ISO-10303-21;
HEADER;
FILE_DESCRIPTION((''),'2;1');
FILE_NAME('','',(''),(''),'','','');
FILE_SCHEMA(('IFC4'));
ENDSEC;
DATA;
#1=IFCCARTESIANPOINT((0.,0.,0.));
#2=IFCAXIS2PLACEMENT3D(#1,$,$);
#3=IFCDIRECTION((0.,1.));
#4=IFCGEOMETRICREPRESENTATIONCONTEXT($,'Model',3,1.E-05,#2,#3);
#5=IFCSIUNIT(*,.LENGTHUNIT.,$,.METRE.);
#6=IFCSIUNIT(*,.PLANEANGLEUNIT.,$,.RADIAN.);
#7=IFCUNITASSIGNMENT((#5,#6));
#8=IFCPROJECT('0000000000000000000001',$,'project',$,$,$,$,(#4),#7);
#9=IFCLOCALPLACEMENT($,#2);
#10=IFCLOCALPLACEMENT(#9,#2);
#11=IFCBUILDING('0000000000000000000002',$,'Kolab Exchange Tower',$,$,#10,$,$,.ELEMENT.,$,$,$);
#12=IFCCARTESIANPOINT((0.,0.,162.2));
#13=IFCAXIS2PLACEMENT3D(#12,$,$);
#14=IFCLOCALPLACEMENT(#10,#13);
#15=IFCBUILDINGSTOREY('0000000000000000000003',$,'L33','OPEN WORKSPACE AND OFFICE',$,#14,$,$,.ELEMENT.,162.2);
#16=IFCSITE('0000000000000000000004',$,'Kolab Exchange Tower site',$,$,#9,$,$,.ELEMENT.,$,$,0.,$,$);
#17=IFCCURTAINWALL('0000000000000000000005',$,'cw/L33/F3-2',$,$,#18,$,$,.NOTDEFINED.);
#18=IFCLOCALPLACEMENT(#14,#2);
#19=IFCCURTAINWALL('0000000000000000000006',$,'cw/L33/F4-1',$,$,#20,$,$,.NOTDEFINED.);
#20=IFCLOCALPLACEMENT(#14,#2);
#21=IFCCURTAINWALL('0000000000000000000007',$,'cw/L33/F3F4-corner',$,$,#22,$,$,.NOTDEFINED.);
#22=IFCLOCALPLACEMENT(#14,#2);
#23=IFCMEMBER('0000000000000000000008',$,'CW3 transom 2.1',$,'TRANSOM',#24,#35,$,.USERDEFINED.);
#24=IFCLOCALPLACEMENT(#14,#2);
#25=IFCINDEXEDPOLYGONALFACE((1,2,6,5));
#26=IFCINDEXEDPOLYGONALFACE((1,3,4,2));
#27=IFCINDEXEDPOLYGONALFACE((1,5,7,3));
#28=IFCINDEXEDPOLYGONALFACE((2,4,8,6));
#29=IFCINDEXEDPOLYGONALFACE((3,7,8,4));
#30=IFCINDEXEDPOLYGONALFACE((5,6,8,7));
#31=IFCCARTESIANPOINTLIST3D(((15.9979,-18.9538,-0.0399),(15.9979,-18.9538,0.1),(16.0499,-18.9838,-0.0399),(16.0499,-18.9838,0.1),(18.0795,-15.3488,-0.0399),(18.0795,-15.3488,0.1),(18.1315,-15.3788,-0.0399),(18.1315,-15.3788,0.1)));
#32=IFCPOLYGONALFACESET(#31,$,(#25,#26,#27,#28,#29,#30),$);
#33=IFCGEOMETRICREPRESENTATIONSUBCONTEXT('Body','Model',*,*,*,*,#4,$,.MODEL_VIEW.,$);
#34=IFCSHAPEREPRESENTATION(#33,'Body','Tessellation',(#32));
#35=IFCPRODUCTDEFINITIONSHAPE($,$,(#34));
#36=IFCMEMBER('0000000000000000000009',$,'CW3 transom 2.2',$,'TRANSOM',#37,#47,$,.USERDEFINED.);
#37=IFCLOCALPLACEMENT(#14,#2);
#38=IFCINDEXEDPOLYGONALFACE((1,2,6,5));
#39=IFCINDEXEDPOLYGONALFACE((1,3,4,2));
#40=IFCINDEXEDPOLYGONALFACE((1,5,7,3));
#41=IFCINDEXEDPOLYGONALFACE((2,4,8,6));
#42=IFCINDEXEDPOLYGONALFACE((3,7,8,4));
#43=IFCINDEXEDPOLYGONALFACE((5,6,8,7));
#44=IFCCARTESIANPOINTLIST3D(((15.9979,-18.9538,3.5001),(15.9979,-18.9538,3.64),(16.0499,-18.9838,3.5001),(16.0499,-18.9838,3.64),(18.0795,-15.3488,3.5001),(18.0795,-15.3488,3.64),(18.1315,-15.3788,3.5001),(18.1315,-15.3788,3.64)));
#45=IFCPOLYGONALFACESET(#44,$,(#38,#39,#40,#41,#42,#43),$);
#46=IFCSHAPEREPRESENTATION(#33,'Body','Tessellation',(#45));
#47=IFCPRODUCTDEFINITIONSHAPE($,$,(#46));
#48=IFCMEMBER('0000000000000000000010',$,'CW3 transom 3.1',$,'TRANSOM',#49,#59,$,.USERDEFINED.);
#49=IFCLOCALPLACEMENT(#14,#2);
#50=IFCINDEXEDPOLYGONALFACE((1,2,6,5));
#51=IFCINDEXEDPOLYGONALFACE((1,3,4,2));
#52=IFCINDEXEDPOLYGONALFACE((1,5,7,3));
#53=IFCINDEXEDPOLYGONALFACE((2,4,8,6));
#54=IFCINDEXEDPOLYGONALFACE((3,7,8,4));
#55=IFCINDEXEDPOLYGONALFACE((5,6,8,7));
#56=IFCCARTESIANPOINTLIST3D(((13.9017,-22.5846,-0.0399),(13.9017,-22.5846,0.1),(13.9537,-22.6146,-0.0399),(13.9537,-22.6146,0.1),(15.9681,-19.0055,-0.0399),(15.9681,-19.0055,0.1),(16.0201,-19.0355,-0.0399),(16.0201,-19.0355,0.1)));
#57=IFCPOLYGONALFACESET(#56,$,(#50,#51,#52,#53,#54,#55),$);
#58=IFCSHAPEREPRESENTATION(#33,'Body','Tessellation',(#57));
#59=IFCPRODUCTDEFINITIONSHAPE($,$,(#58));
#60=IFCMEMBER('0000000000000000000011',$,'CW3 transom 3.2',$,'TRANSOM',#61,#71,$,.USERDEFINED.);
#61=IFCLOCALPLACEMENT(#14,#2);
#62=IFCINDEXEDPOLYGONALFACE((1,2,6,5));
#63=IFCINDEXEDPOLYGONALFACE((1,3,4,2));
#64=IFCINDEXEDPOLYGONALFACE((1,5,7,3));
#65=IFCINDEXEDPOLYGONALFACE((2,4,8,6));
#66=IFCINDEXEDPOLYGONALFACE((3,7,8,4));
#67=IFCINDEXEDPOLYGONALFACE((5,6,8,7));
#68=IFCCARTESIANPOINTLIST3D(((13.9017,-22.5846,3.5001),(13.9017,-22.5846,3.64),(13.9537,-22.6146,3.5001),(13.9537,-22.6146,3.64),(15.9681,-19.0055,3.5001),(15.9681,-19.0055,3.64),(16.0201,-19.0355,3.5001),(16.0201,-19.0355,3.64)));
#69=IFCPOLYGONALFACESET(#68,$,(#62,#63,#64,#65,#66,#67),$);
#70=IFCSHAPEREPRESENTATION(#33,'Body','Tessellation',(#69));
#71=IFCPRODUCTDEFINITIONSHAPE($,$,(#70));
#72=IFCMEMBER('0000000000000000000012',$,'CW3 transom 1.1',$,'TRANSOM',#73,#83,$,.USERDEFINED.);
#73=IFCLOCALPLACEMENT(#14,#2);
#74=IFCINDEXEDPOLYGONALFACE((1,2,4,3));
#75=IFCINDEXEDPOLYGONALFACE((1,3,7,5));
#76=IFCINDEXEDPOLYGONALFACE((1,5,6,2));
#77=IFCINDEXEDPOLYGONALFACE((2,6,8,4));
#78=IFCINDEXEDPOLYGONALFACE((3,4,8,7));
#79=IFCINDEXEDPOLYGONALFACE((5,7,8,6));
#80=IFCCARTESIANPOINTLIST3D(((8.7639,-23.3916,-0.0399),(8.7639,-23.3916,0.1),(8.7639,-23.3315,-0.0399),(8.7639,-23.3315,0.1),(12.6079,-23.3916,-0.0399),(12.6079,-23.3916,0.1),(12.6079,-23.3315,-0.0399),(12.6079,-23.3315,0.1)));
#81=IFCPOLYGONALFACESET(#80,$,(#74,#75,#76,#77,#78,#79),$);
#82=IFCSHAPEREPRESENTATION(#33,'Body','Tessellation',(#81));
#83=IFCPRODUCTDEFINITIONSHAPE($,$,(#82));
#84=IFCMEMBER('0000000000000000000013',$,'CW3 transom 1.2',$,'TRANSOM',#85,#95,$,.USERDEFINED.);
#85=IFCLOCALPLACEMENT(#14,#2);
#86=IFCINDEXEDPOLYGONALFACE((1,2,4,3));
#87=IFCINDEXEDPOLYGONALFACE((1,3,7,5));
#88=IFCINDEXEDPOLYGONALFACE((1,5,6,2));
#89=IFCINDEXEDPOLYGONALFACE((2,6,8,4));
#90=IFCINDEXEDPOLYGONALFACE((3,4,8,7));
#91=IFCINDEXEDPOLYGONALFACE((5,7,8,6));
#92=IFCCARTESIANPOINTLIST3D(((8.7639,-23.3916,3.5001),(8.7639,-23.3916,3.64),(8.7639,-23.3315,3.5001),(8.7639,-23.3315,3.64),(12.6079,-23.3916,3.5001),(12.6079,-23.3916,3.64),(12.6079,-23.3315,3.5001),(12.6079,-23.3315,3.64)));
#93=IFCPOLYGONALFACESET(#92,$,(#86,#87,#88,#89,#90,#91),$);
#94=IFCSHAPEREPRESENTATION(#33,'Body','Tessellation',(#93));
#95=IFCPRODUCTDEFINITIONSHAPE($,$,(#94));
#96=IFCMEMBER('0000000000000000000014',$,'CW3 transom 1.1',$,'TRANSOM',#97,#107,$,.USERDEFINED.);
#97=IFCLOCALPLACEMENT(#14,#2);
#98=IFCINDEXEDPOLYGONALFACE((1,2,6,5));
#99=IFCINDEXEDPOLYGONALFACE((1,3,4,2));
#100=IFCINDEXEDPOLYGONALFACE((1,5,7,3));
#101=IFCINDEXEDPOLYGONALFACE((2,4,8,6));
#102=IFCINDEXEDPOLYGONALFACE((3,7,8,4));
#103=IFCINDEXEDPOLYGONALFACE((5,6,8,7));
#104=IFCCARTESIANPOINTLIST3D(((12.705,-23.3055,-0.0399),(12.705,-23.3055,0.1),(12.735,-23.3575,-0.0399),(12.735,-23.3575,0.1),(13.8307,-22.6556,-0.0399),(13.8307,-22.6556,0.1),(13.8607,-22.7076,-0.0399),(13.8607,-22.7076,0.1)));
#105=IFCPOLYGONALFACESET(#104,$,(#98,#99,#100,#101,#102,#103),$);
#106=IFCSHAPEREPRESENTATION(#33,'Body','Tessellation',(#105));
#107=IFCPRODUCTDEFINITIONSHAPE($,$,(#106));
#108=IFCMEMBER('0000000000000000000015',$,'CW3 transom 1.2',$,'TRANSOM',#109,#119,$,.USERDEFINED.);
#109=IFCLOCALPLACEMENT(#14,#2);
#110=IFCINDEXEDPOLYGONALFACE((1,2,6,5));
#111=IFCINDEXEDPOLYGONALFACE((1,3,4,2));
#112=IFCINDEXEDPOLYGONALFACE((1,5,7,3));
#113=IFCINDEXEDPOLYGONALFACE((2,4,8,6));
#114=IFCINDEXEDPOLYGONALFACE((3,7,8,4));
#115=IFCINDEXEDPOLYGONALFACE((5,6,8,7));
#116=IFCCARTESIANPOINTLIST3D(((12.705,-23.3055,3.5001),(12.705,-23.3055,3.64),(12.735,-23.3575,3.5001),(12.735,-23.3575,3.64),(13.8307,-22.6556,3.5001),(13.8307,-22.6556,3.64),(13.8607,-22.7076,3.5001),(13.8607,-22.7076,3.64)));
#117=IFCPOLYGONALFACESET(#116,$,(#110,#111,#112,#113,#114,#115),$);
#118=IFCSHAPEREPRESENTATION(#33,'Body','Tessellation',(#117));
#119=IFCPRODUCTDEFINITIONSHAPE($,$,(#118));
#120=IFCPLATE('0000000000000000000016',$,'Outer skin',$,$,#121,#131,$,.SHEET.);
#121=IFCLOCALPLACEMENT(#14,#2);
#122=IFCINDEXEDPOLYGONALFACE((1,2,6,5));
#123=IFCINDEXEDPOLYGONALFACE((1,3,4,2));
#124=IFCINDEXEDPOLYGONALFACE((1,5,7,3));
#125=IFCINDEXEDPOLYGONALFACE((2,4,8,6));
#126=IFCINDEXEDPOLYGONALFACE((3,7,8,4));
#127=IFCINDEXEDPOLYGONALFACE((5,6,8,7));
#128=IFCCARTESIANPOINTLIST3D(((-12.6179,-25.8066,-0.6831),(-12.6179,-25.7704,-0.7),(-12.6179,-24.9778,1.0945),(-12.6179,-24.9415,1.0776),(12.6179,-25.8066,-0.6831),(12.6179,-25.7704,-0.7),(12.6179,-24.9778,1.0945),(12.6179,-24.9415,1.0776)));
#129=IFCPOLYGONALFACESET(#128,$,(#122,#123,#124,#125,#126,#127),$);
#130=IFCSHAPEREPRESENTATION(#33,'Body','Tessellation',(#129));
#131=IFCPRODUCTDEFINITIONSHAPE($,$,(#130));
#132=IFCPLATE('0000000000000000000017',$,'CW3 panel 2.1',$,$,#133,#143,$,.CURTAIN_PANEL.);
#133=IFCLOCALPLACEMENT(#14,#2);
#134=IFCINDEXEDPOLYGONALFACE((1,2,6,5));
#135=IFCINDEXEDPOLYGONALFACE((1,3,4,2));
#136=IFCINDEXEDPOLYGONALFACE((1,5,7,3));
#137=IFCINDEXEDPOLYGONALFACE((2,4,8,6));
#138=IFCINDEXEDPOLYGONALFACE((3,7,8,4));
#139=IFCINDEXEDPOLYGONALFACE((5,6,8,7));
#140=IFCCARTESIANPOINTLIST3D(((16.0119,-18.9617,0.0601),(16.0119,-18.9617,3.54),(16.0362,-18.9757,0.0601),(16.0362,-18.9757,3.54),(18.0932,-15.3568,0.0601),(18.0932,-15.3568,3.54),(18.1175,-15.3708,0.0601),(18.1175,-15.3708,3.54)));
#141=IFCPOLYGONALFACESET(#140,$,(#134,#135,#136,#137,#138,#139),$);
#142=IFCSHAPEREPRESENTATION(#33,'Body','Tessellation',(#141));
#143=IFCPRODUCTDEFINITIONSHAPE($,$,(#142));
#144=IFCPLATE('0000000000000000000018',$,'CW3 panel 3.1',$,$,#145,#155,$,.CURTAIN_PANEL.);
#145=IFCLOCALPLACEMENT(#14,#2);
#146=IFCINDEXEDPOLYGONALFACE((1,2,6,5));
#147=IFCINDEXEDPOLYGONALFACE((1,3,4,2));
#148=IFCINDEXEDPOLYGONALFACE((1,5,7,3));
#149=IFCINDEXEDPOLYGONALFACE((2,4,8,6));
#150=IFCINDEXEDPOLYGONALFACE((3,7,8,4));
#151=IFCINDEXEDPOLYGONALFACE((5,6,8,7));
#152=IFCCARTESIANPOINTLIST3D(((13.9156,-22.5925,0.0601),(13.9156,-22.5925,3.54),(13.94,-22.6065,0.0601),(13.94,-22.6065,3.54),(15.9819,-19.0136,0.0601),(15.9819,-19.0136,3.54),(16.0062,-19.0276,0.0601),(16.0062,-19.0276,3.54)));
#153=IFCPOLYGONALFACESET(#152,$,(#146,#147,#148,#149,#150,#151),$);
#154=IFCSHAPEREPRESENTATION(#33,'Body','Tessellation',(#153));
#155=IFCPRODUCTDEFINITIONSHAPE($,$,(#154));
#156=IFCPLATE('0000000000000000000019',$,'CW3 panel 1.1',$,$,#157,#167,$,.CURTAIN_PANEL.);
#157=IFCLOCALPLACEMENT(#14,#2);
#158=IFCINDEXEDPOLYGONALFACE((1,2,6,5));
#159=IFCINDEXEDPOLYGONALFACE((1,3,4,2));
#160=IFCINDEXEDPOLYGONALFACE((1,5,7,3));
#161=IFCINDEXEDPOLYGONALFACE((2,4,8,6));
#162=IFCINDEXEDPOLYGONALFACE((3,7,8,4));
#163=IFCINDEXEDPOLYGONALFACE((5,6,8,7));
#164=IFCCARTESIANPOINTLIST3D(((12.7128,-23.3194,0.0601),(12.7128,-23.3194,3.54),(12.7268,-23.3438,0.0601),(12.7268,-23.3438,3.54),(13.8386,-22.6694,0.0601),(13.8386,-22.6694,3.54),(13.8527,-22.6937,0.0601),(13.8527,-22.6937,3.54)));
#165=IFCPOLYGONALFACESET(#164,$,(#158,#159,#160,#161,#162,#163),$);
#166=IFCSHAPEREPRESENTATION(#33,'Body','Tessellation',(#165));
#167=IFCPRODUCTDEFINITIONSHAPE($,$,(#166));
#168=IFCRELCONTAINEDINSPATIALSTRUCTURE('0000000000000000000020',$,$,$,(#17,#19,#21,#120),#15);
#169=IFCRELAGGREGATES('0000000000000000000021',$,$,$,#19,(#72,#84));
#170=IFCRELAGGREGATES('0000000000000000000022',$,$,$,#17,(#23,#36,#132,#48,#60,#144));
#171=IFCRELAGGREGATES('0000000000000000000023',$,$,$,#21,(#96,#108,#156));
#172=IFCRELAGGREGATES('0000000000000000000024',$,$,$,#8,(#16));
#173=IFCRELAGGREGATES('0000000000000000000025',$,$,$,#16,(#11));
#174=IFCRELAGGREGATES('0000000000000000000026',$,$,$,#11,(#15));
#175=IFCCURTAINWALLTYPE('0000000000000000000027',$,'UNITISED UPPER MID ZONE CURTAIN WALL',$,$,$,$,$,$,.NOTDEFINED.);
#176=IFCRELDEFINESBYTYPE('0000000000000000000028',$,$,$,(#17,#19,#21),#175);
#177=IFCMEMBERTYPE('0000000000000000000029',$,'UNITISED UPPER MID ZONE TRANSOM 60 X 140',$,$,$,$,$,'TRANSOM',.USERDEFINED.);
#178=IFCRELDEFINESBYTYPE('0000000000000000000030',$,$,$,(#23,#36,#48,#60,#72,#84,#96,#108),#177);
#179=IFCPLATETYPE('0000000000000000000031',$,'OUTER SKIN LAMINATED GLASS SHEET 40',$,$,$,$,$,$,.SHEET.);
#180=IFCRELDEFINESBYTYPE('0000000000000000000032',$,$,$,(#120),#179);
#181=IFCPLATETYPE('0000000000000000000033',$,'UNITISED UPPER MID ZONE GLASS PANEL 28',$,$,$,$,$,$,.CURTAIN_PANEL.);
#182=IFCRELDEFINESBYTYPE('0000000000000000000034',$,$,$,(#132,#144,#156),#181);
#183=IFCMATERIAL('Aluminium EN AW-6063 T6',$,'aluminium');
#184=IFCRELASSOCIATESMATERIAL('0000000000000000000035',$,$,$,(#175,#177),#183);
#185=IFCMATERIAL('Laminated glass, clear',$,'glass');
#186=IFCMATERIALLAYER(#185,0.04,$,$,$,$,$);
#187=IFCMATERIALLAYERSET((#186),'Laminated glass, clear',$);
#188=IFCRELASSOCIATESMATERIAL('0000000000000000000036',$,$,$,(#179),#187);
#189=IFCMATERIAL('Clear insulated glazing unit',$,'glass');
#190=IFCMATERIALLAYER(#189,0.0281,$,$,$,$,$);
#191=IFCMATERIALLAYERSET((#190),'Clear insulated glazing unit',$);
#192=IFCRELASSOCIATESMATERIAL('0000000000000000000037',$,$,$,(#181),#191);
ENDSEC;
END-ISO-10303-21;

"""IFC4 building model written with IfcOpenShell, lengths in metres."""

from ifc_helpers import new_model, si_unit, direction, frame, origin, origin_2d, place, context, subcontext, project, spatial, polyline, rectangle, outline, extrude, material, layer, layer_set, material_profile, profile_set, type_object, element, aggregate, save


model = new_model("IFC4")

# Units and contexts
model_context = context("Model", 3, precision=1e-05, world=origin(), true_north=direction((0.0, 1.0)))
body_context = subcontext(model_context, "Body", "Model", "MODEL_VIEW")
ifc_project = project(units=[si_unit("LENGTHUNIT", "METRE"), si_unit("PLANEANGLEUNIT", "RADIAN")], contexts=[model_context])

# Site, building, storey
site_placement = place(None, origin())
site = spatial("IfcSite", under=ifc_project, at=site_placement, Name="Kolab Exchange Tower site", CompositionType="ELEMENT", RefElevation=0.0)
building_placement = place(site_placement, origin())
building = spatial("IfcBuilding", under=site, at=building_placement, Name="Kolab Exchange Tower", CompositionType="ELEMENT")
storey_placement = place(building_placement, frame((0.0, 0.0, 162.2)))
storey = spatial("IfcBuildingStorey", under=building, at=storey_placement, Name="L33", Description="OPEN WORKSPACE AND OFFICE", CompositionType="ELEMENT", Elevation=162.2)

# Curtain wall
ifc_material_1 = material(Name="Aluminium EN AW-6063 T6", Category="aluminium")
curtain_wall_type = type_object("IfcCurtainWallType", Name="UNITISED UPPER MID ZONE CURTAIN WALL", PredefinedType="NOTDEFINED", material=ifc_material_1)
curtain_wall_1_placement = place(storey_placement, origin())
curtain_wall_1 = element("IfcCurtainWall", 1, at=curtain_wall_1_placement, inside=storey, type_object=curtain_wall_type, Name="cw/L33/F3-2", PredefinedType="NOTDEFINED")

# Curtain wall
curtain_wall_2_placement = place(storey_placement, origin())
curtain_wall_2 = element("IfcCurtainWall", 2, at=curtain_wall_2_placement, inside=storey, type_object=curtain_wall_type, Name="cw/L33/F4-1", PredefinedType="NOTDEFINED")

# Curtain wall
curtain_wall_3_placement = place(storey_placement, origin())
curtain_wall_3 = element("IfcCurtainWall", 3, at=curtain_wall_3_placement, inside=storey, type_object=curtain_wall_type, Name="cw/L33/F3F4-corner", PredefinedType="NOTDEFINED")

# Members
ifc_material_profile_1 = material_profile(ifc_material_1, rectangle(XDim=0.0601, YDim=0.1399, at=origin_2d()), Name="RECT 60X140")
ifc_profile_set_1 = profile_set([ifc_material_profile_1], Name="Aluminium EN AW-6063 T6")
member_type_1 = type_object("IfcMemberType", Name="UNITISED UPPER MID ZONE TRANSOM 60 X 140", ElementType="TRANSOM", PredefinedType="USERDEFINED", material=ifc_profile_set_1)
member_1_placement = place(storey_placement, frame((18.1055, -15.3638, 0.03), z_axis=(-0.500037, -0.866004, 0.0), x_axis=(0.866004, -0.500037, 0.0)))
member_1 = element("IfcMember", 4, at=member_1_placement, type_object=member_type_1, Name="CW3 transom 2.1", ObjectType="TRANSOM", PredefinedType="USERDEFINED", context=body_context, shape_type="SweptSolid", body=[
    extrude(rectangle(XDim=0.0601, YDim=0.1399, at=origin_2d()), origin(), (0.0, 0.0, 1.0), 4.1628),
])
member_2_placement = place(storey_placement, frame((18.1055, -15.3638, 3.5701), z_axis=(-0.500037, -0.866004, 0.0), x_axis=(0.866004, -0.500037, 0.0)))
member_2 = element("IfcMember", 5, at=member_2_placement, type_object=member_type_1, Name="CW3 transom 2.2", ObjectType="TRANSOM", PredefinedType="USERDEFINED", context=body_context, shape_type="SweptSolid", body=[
    extrude(rectangle(XDim=0.0601, YDim=0.1399, at=origin_2d()), origin(), (0.0, 0.0, 1.0), 4.1628),
])
member_3_placement = place(storey_placement, frame((15.9941, -19.0205, 0.03), z_axis=(-0.500002, -0.866024, 0.0), x_axis=(0.866024, -0.500002, 0.0)))
member_3 = element("IfcMember", 6, at=member_3_placement, type_object=member_type_1, Name="CW3 transom 3.1", ObjectType="TRANSOM", PredefinedType="USERDEFINED", context=body_context, shape_type="SweptSolid", body=[
    extrude(rectangle(XDim=0.0601, YDim=0.1399, at=origin_2d()), origin(), (0.0, 0.0, 1.0), 4.1328),
])
member_4_placement = place(storey_placement, frame((15.9941, -19.0205, 3.5701), z_axis=(-0.500002, -0.866024, 0.0), x_axis=(0.866024, -0.500002, 0.0)))
member_4 = element("IfcMember", 7, at=member_4_placement, type_object=member_type_1, Name="CW3 transom 3.2", ObjectType="TRANSOM", PredefinedType="USERDEFINED", context=body_context, shape_type="SweptSolid", body=[
    extrude(rectangle(XDim=0.0601, YDim=0.1399, at=origin_2d()), origin(), (0.0, 0.0, 1.0), 4.1328),
])
member_5_placement = place(storey_placement, frame((12.6079, -23.3616, 0.03), z_axis=(-1.0, 0.0, 0.0), x_axis=(0.0, -1.0, 0.0)))
member_5 = element("IfcMember", 8, at=member_5_placement, type_object=member_type_1, Name="CW3 transom 1.1", ObjectType="TRANSOM", PredefinedType="USERDEFINED", context=body_context, shape_type="SweptSolid", body=[
    extrude(rectangle(XDim=0.0601, YDim=0.1399, at=origin_2d()), origin(), (0.0, 0.0, 1.0), 3.844),
])
member_6_placement = place(storey_placement, frame((12.6079, -23.3616, 3.5701), z_axis=(-1.0, 0.0, 0.0), x_axis=(0.0, -1.0, 0.0)))
member_6 = element("IfcMember", 9, at=member_6_placement, type_object=member_type_1, Name="CW3 transom 1.2", ObjectType="TRANSOM", PredefinedType="USERDEFINED", context=body_context, shape_type="SweptSolid", body=[
    extrude(rectangle(XDim=0.0601, YDim=0.1399, at=origin_2d()), origin(), (0.0, 0.0, 1.0), 3.844),
])
aggregate(curtain_wall_2, [member_5, member_6])
member_7_placement = place(storey_placement, frame((13.8457, -22.6816, 0.03), z_axis=(-0.866039, -0.499977, 0.0), x_axis=(0.499977, -0.866039, 0.0)))
member_7 = element("IfcMember", 10, at=member_7_placement, type_object=member_type_1, Name="CW3 transom 1.1", ObjectType="TRANSOM", PredefinedType="USERDEFINED", context=body_context, shape_type="SweptSolid", body=[
    extrude(rectangle(XDim=0.0601, YDim=0.1399, at=origin_2d()), origin(), (0.0, 0.0, 1.0), 1.2998),
])
member_8_placement = place(storey_placement, frame((13.8457, -22.6816, 3.5701), z_axis=(-0.866039, -0.499977, 0.0), x_axis=(0.499977, -0.866039, 0.0)))
member_8 = element("IfcMember", 11, at=member_8_placement, type_object=member_type_1, Name="CW3 transom 1.2", ObjectType="TRANSOM", PredefinedType="USERDEFINED", context=body_context, shape_type="SweptSolid", body=[
    extrude(rectangle(XDim=0.0601, YDim=0.1399, at=origin_2d()), origin(), (0.0, 0.0, 1.0), 1.2998),
])

# Plates
ifc_material_2 = material(Name="Laminated glass, clear", Category="glass")
ifc_layer_1 = layer(ifc_material_2, 0.04)
ifc_layer_set_1 = layer_set([ifc_layer_1], Name="Laminated glass, clear")
plate_type_1 = type_object("IfcPlateType", Name="OUTER SKIN LAMINATED GLASS SHEET 40", PredefinedType="SHEET", material=ifc_layer_set_1)
plate_1_placement = place(storey_placement, frame((12.6179, -25.8066, -0.6831), z_axis=(0.0, -0.906317, 0.422599), x_axis=(-1.0, 0.0, 0.0)))
element("IfcPlate", 12, at=plate_1_placement, inside=storey, type_object=plate_type_1, Name="Outer skin", PredefinedType="SHEET", context=body_context, shape_type="SweptSolid", body=[
    extrude(outline(polyline([(0.0, 0.0), (25.2358, 0.0), (25.2358, -1.9613), (0.0, -1.9613), (0.0, 0.0)])), origin(), (0.0, 0.0, -1.0), 0.04),
])
ifc_material_3 = material(Name="Clear insulated glazing unit", Category="glass")
ifc_layer_2 = layer(ifc_material_3, 0.0281)
ifc_layer_set_2 = layer_set([ifc_layer_2], Name="Clear insulated glazing unit")
plate_type_2 = type_object("IfcPlateType", Name="UNITISED UPPER MID ZONE GLASS PANEL 28", PredefinedType="CURTAIN_PANEL", material=ifc_layer_set_2)
plate_2_placement = place(storey_placement, frame((17.0647, -17.1663, 0.0601), z_axis=(0.0, 0.0, 1.0), x_axis=(-0.5, -0.866025, 0.0)))
plate_2 = element("IfcPlate", 13, at=plate_2_placement, type_object=plate_type_2, Name="CW3 panel 2.1", PredefinedType="CURTAIN_PANEL", context=body_context, shape_type="SweptSolid", body=[
    extrude(rectangle(XDim=4.1626, YDim=0.0281, at=origin_2d()), origin(), (0.0, 0.0, 1.0), 3.48),
])
plate_3_placement = place(storey_placement, frame((14.9609, -20.8101, 0.0601), z_axis=(0.0, 0.0, 1.0), x_axis=(-0.5, -0.866025, 0.0)))
plate_3 = element("IfcPlate", 14, at=plate_3_placement, type_object=plate_type_2, Name="CW3 panel 3.1", PredefinedType="CURTAIN_PANEL", context=body_context, shape_type="SweptSolid", body=[
    extrude(rectangle(XDim=4.1326, YDim=0.0281, at=origin_2d()), origin(), (0.0, 0.0, 1.0), 3.48),
])
aggregate(curtain_wall_1, [member_1, member_2, plate_2, member_3, member_4, plate_3])
plate_4_placement = place(storey_placement, frame((13.2827, -23.0066, 0.0601), z_axis=(0.0, 0.0, 1.0), x_axis=(-0.866025, -0.5, 0.0)))
plate_4 = element("IfcPlate", 15, at=plate_4_placement, type_object=plate_type_2, Name="CW3 panel 1.1", PredefinedType="CURTAIN_PANEL", context=body_context, shape_type="SweptSolid", body=[
    extrude(rectangle(XDim=1.3, YDim=0.0281, at=origin_2d()), origin(), (0.0, 0.0, 1.0), 3.48),
])
aggregate(curtain_wall_3, [member_7, member_8, plate_4])

save(model, "model.ifc")
